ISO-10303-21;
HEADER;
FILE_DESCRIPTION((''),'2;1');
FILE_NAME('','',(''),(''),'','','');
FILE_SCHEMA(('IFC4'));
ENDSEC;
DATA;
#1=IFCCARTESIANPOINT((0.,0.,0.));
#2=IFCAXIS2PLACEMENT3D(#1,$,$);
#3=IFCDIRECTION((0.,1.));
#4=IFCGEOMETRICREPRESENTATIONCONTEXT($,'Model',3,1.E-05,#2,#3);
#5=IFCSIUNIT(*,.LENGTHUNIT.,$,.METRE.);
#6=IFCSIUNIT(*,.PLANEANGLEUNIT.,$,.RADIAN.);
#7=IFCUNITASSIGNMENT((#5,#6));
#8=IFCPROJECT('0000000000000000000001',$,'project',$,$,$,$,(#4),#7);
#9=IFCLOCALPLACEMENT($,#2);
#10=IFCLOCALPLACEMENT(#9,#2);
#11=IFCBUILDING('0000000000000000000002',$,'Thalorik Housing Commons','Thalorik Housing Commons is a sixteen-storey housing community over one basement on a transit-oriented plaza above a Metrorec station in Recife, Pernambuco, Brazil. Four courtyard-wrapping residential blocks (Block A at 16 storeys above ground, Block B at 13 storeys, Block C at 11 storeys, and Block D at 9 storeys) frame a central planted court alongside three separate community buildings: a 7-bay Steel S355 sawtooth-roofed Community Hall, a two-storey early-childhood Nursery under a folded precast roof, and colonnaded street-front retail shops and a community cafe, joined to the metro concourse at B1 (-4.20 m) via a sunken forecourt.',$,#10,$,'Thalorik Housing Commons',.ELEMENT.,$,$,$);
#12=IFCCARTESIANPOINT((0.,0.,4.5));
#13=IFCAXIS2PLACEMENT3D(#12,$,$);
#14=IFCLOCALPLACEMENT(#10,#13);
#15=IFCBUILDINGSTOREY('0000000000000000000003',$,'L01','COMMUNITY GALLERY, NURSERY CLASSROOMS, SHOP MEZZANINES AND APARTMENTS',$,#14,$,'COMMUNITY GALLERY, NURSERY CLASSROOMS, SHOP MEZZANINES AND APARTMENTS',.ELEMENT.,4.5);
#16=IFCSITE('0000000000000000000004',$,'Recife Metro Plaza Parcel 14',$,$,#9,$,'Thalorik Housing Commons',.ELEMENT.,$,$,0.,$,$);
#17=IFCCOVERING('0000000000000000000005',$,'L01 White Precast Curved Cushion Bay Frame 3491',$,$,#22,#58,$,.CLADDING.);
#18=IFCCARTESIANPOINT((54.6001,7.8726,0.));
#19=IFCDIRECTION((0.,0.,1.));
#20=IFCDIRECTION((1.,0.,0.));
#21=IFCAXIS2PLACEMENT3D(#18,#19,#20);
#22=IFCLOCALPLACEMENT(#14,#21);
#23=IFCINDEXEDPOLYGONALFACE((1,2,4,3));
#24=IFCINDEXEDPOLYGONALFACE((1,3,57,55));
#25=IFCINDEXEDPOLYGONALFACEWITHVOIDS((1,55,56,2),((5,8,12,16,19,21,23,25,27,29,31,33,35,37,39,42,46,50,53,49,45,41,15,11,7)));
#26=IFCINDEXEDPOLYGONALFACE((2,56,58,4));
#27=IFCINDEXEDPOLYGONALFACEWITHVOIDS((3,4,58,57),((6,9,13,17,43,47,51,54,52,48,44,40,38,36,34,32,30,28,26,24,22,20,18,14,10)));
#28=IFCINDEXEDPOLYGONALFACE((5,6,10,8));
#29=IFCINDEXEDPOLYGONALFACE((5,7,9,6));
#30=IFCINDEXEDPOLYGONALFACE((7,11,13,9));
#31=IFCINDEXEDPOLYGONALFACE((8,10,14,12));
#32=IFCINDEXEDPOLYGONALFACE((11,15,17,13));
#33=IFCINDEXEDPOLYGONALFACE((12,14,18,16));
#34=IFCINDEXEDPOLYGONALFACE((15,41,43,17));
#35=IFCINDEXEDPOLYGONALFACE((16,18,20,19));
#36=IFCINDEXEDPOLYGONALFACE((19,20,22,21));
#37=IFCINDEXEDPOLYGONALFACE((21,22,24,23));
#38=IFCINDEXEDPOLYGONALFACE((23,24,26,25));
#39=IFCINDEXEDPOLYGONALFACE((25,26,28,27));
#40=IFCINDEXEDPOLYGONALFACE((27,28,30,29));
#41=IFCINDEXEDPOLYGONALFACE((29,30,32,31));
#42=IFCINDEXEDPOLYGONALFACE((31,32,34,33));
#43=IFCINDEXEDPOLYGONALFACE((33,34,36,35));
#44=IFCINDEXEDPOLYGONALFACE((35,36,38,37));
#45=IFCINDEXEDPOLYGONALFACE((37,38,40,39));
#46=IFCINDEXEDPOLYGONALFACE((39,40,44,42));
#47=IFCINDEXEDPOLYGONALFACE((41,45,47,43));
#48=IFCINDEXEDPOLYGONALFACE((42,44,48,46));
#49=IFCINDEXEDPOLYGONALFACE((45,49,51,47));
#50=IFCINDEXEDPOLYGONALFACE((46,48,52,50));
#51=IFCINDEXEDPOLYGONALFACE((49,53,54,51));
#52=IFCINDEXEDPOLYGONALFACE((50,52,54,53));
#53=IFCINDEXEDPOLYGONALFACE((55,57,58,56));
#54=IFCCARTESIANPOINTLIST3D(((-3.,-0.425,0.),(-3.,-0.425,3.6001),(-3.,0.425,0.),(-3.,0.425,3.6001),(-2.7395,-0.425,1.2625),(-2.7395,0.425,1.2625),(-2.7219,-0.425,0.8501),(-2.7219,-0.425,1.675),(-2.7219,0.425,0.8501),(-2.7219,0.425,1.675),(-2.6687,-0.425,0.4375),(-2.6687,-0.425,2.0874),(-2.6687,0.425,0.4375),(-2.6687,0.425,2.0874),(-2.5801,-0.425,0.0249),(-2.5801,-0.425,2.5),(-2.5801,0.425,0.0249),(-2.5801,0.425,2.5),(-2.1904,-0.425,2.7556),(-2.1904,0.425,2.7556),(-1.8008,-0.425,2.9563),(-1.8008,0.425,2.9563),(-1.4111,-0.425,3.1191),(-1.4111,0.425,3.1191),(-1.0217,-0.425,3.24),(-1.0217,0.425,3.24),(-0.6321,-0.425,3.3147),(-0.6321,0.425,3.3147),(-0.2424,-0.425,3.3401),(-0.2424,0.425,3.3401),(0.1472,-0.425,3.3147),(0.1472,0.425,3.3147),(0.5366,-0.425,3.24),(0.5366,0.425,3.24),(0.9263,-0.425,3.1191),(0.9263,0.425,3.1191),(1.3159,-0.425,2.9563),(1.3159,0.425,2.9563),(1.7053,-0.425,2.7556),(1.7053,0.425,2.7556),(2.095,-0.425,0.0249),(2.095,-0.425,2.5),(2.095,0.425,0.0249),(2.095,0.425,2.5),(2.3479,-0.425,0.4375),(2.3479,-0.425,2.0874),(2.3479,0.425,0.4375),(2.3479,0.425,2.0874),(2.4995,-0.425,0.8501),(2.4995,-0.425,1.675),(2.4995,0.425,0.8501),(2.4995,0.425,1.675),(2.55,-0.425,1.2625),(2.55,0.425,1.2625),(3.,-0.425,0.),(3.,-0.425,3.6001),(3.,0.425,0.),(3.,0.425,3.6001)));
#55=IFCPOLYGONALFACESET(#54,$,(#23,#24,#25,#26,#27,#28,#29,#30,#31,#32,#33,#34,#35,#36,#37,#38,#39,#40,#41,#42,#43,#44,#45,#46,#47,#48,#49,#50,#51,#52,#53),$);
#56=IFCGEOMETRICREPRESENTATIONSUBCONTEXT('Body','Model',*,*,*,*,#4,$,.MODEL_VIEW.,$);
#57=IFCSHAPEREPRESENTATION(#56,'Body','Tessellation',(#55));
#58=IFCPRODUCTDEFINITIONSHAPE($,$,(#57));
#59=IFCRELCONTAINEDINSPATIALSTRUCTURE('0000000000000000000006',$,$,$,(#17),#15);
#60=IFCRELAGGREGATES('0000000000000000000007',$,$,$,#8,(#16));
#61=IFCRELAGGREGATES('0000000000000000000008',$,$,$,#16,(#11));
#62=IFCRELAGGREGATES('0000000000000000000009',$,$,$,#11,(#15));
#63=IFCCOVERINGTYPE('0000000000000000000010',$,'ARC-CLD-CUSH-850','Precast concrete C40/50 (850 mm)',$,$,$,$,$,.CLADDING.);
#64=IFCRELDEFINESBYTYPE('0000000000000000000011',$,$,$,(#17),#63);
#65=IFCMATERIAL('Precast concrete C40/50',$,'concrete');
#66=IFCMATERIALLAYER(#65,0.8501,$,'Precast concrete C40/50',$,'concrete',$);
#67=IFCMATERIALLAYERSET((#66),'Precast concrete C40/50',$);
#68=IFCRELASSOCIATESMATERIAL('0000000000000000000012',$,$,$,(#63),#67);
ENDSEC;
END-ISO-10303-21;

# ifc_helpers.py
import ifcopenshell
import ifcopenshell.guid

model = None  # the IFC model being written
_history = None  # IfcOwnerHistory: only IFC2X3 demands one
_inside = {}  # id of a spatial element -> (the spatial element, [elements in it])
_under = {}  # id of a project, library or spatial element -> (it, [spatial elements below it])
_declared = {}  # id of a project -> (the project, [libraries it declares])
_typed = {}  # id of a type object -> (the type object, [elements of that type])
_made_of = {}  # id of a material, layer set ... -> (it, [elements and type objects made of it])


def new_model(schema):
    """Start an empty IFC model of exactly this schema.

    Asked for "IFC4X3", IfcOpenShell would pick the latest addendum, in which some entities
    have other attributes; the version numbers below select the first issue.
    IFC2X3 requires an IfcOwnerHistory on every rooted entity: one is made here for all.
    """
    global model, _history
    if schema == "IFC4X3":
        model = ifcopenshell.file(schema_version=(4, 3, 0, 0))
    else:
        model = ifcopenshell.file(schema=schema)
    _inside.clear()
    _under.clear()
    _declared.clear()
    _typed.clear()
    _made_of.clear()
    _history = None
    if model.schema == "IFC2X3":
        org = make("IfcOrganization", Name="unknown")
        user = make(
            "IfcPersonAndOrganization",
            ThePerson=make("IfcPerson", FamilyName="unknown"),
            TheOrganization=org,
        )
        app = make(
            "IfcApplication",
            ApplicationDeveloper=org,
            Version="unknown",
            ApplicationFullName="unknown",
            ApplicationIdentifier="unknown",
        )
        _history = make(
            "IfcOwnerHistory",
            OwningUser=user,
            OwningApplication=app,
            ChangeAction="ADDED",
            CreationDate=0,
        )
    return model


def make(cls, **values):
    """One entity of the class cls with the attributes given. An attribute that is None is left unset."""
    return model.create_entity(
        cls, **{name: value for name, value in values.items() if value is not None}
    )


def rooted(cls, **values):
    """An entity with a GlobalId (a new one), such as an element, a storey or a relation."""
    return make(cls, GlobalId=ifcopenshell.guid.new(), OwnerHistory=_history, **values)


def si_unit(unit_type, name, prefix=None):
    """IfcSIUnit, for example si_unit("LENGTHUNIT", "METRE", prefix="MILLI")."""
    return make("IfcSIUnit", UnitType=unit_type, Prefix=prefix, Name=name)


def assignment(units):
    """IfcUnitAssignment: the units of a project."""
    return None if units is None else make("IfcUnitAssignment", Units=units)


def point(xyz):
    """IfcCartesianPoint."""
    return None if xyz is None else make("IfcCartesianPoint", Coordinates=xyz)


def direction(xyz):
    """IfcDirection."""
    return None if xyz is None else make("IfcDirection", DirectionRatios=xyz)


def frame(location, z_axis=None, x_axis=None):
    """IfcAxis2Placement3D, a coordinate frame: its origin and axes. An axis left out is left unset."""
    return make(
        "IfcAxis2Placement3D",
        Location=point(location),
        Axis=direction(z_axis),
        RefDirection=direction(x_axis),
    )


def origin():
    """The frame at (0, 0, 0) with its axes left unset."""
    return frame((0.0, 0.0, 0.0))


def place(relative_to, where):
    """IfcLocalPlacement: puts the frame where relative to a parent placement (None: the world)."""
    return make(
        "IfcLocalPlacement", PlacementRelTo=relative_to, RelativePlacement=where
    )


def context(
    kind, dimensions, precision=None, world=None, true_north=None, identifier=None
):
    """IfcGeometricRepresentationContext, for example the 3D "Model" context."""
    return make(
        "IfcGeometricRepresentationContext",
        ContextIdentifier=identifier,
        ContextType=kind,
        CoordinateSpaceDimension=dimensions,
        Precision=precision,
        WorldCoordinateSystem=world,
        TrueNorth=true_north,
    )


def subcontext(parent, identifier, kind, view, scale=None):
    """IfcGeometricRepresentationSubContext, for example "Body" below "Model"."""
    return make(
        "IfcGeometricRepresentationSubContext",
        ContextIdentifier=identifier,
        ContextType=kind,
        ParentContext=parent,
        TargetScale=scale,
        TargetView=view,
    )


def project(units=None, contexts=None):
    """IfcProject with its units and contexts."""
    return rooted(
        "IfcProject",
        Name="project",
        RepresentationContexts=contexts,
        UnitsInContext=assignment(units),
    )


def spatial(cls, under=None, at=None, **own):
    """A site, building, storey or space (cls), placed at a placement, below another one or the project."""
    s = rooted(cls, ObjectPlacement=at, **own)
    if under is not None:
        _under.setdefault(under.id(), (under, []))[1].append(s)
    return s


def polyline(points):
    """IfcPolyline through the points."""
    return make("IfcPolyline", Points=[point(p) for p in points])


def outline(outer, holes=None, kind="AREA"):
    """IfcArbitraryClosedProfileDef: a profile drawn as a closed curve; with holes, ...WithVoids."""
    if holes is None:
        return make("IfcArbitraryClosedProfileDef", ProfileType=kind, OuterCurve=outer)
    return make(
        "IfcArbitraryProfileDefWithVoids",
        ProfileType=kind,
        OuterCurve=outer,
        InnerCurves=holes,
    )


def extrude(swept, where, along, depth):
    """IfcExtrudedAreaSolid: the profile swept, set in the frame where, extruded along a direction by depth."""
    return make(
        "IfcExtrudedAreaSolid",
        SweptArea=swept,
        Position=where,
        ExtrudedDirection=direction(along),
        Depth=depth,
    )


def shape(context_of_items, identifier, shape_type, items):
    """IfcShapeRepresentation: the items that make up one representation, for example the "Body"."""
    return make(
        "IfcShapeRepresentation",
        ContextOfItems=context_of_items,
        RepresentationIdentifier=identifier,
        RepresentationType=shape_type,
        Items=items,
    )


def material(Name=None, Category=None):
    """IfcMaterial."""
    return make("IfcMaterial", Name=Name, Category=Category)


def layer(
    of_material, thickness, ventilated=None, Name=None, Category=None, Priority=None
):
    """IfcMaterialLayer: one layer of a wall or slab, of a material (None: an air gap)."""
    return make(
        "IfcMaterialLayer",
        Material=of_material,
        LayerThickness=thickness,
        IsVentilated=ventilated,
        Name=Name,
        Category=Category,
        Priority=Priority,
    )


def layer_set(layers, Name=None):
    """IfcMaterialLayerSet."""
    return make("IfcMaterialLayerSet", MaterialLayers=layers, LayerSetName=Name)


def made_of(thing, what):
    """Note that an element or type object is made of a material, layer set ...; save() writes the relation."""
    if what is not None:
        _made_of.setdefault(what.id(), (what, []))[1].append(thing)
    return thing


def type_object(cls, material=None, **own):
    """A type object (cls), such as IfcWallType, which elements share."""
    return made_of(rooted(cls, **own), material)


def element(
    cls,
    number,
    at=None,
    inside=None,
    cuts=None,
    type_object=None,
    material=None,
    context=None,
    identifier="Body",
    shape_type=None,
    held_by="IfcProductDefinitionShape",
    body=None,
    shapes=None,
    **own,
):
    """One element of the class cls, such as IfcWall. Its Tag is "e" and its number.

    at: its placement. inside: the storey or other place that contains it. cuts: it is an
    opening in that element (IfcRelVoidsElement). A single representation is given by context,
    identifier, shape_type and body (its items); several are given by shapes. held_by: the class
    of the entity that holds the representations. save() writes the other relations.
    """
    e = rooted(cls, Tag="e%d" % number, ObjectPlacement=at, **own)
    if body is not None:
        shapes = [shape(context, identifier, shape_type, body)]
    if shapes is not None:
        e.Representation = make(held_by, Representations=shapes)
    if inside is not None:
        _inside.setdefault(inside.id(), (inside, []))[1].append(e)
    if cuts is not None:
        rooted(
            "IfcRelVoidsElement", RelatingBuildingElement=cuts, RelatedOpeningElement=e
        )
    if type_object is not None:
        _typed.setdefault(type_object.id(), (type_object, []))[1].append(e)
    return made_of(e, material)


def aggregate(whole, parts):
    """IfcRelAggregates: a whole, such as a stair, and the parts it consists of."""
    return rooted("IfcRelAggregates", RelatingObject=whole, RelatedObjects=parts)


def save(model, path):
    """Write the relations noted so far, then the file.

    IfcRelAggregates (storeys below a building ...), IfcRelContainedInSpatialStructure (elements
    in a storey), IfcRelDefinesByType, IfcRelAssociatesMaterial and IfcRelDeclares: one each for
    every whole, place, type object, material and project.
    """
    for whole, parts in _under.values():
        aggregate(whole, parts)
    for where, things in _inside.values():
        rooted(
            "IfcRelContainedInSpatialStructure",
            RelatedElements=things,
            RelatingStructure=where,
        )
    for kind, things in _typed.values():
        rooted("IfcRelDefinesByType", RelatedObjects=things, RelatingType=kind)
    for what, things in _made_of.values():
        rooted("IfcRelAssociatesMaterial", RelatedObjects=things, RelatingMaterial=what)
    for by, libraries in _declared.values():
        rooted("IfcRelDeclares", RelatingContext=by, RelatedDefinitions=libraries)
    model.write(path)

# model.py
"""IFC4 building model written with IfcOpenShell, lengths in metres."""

from ifc_helpers import new_model, si_unit, direction, frame, origin, place, context, subcontext, project, spatial, polyline, outline, extrude, material, layer, layer_set, type_object, element, save


model = new_model("IFC4")

# Units and contexts
model_context = context("Model", 3, precision=1e-05, world=origin(), true_north=direction((0.0, 1.0)))
body_context = subcontext(model_context, "Body", "Model", "MODEL_VIEW")
ifc_project = project(units=[si_unit("LENGTHUNIT", "METRE"), si_unit("PLANEANGLEUNIT", "RADIAN")], contexts=[model_context])

# Site, building, storey
site_placement = place(None, origin())
site = spatial("IfcSite", under=ifc_project, at=site_placement, Name="Recife Metro Plaza Parcel 14", LongName="Thalorik Housing Commons", CompositionType="ELEMENT", RefElevation=0.0)
building_placement = place(site_placement, origin())
building = spatial("IfcBuilding", under=site, at=building_placement, Name="Thalorik Housing Commons", Description="Thalorik Housing Commons is a sixteen-storey housing community over one basement on a transit-oriented plaza above a Metrorec station in Recife, Pernambuco, Brazil. Four courtyard-wrapping residential blocks (Block A at 16 storeys above ground, Block B at 13 storeys, Block C at 11 storeys, and Block D at 9 storeys) frame a central planted court alongside three separate community buildings: a 7-bay Steel S355 sawtooth-roofed Community Hall, a two-storey early-childhood Nursery under a folded precast roof, and colonnaded street-front retail shops and a community cafe, joined to the metro concourse at B1 (-4.20 m) via a sunken forecourt.", LongName="Thalorik Housing Commons", CompositionType="ELEMENT")
storey_placement = place(building_placement, frame((0.0, 0.0, 4.5)))
storey = spatial("IfcBuildingStorey", under=building, at=storey_placement, Name="L01", Description="COMMUNITY GALLERY, NURSERY CLASSROOMS, SHOP MEZZANINES AND APARTMENTS", LongName="COMMUNITY GALLERY, NURSERY CLASSROOMS, SHOP MEZZANINES AND APARTMENTS", CompositionType="ELEMENT", Elevation=4.5)

# Shared definitions
ifc_material_1 = material(Name="Precast concrete C40/50", Category="concrete")

# Covering
ifc_layer_1 = layer(ifc_material_1, 0.8501, Name="Precast concrete C40/50", Category="concrete")
ifc_layer_set_1 = layer_set([ifc_layer_1], Name="Precast concrete C40/50")
covering_type_1 = type_object("IfcCoveringType", Name="ARC-CLD-CUSH-850", Description="Precast concrete C40/50 (850 mm)", PredefinedType="CLADDING", material=ifc_layer_set_1)
covering_1_placement = place(storey_placement, frame((54.6001, 7.8726, 0.0), z_axis=(0.0, 0.0, 1.0), x_axis=(1.0, 0.0, 0.0)))
element("IfcCovering", 1, at=covering_1_placement, inside=storey, type_object=covering_type_1, Name="L01 White Precast Curved Cushion Bay Frame 3491", PredefinedType="CLADDING", context=body_context, shape_type="SweptSolid", body=[
    extrude(outline(polyline([(-3.0, 0.0), (3.0, 0.0), (3.0, 3.6001), (-3.0, 3.6001), (-3.0, 0.0)]), holes=[polyline([(2.095, 0.0249), (2.3479, 0.4375), (2.4995, 0.8501), (2.55, 1.2625), (2.4995, 1.675), (2.3479, 2.0874), (2.095, 2.5), (1.7053, 2.7556), (1.3159, 2.9563), (0.9263, 3.1191), (0.5366, 3.24), (0.1472, 3.3147), (-0.2424, 3.3401), (-0.6321, 3.3147), (-1.0217, 3.24), (-1.4111, 3.1191), (-1.8008, 2.9563), (-2.1904, 2.7556), (-2.5801, 2.5), (-2.6687, 2.0874), (-2.7219, 1.675), (-2.7395, 1.2625), (-2.7219, 0.8501), (-2.6687, 0.4375), (-2.5801, 0.0249), (2.095, 0.0249)])]), frame((0.0, 0.425, 0.0), z_axis=(0.0, -1.0, 0.0), x_axis=(1.0, 0.0, 0.0)), (0.0, 0.0, 1.0), 0.8501),
])

save(model, "model.ifc")
